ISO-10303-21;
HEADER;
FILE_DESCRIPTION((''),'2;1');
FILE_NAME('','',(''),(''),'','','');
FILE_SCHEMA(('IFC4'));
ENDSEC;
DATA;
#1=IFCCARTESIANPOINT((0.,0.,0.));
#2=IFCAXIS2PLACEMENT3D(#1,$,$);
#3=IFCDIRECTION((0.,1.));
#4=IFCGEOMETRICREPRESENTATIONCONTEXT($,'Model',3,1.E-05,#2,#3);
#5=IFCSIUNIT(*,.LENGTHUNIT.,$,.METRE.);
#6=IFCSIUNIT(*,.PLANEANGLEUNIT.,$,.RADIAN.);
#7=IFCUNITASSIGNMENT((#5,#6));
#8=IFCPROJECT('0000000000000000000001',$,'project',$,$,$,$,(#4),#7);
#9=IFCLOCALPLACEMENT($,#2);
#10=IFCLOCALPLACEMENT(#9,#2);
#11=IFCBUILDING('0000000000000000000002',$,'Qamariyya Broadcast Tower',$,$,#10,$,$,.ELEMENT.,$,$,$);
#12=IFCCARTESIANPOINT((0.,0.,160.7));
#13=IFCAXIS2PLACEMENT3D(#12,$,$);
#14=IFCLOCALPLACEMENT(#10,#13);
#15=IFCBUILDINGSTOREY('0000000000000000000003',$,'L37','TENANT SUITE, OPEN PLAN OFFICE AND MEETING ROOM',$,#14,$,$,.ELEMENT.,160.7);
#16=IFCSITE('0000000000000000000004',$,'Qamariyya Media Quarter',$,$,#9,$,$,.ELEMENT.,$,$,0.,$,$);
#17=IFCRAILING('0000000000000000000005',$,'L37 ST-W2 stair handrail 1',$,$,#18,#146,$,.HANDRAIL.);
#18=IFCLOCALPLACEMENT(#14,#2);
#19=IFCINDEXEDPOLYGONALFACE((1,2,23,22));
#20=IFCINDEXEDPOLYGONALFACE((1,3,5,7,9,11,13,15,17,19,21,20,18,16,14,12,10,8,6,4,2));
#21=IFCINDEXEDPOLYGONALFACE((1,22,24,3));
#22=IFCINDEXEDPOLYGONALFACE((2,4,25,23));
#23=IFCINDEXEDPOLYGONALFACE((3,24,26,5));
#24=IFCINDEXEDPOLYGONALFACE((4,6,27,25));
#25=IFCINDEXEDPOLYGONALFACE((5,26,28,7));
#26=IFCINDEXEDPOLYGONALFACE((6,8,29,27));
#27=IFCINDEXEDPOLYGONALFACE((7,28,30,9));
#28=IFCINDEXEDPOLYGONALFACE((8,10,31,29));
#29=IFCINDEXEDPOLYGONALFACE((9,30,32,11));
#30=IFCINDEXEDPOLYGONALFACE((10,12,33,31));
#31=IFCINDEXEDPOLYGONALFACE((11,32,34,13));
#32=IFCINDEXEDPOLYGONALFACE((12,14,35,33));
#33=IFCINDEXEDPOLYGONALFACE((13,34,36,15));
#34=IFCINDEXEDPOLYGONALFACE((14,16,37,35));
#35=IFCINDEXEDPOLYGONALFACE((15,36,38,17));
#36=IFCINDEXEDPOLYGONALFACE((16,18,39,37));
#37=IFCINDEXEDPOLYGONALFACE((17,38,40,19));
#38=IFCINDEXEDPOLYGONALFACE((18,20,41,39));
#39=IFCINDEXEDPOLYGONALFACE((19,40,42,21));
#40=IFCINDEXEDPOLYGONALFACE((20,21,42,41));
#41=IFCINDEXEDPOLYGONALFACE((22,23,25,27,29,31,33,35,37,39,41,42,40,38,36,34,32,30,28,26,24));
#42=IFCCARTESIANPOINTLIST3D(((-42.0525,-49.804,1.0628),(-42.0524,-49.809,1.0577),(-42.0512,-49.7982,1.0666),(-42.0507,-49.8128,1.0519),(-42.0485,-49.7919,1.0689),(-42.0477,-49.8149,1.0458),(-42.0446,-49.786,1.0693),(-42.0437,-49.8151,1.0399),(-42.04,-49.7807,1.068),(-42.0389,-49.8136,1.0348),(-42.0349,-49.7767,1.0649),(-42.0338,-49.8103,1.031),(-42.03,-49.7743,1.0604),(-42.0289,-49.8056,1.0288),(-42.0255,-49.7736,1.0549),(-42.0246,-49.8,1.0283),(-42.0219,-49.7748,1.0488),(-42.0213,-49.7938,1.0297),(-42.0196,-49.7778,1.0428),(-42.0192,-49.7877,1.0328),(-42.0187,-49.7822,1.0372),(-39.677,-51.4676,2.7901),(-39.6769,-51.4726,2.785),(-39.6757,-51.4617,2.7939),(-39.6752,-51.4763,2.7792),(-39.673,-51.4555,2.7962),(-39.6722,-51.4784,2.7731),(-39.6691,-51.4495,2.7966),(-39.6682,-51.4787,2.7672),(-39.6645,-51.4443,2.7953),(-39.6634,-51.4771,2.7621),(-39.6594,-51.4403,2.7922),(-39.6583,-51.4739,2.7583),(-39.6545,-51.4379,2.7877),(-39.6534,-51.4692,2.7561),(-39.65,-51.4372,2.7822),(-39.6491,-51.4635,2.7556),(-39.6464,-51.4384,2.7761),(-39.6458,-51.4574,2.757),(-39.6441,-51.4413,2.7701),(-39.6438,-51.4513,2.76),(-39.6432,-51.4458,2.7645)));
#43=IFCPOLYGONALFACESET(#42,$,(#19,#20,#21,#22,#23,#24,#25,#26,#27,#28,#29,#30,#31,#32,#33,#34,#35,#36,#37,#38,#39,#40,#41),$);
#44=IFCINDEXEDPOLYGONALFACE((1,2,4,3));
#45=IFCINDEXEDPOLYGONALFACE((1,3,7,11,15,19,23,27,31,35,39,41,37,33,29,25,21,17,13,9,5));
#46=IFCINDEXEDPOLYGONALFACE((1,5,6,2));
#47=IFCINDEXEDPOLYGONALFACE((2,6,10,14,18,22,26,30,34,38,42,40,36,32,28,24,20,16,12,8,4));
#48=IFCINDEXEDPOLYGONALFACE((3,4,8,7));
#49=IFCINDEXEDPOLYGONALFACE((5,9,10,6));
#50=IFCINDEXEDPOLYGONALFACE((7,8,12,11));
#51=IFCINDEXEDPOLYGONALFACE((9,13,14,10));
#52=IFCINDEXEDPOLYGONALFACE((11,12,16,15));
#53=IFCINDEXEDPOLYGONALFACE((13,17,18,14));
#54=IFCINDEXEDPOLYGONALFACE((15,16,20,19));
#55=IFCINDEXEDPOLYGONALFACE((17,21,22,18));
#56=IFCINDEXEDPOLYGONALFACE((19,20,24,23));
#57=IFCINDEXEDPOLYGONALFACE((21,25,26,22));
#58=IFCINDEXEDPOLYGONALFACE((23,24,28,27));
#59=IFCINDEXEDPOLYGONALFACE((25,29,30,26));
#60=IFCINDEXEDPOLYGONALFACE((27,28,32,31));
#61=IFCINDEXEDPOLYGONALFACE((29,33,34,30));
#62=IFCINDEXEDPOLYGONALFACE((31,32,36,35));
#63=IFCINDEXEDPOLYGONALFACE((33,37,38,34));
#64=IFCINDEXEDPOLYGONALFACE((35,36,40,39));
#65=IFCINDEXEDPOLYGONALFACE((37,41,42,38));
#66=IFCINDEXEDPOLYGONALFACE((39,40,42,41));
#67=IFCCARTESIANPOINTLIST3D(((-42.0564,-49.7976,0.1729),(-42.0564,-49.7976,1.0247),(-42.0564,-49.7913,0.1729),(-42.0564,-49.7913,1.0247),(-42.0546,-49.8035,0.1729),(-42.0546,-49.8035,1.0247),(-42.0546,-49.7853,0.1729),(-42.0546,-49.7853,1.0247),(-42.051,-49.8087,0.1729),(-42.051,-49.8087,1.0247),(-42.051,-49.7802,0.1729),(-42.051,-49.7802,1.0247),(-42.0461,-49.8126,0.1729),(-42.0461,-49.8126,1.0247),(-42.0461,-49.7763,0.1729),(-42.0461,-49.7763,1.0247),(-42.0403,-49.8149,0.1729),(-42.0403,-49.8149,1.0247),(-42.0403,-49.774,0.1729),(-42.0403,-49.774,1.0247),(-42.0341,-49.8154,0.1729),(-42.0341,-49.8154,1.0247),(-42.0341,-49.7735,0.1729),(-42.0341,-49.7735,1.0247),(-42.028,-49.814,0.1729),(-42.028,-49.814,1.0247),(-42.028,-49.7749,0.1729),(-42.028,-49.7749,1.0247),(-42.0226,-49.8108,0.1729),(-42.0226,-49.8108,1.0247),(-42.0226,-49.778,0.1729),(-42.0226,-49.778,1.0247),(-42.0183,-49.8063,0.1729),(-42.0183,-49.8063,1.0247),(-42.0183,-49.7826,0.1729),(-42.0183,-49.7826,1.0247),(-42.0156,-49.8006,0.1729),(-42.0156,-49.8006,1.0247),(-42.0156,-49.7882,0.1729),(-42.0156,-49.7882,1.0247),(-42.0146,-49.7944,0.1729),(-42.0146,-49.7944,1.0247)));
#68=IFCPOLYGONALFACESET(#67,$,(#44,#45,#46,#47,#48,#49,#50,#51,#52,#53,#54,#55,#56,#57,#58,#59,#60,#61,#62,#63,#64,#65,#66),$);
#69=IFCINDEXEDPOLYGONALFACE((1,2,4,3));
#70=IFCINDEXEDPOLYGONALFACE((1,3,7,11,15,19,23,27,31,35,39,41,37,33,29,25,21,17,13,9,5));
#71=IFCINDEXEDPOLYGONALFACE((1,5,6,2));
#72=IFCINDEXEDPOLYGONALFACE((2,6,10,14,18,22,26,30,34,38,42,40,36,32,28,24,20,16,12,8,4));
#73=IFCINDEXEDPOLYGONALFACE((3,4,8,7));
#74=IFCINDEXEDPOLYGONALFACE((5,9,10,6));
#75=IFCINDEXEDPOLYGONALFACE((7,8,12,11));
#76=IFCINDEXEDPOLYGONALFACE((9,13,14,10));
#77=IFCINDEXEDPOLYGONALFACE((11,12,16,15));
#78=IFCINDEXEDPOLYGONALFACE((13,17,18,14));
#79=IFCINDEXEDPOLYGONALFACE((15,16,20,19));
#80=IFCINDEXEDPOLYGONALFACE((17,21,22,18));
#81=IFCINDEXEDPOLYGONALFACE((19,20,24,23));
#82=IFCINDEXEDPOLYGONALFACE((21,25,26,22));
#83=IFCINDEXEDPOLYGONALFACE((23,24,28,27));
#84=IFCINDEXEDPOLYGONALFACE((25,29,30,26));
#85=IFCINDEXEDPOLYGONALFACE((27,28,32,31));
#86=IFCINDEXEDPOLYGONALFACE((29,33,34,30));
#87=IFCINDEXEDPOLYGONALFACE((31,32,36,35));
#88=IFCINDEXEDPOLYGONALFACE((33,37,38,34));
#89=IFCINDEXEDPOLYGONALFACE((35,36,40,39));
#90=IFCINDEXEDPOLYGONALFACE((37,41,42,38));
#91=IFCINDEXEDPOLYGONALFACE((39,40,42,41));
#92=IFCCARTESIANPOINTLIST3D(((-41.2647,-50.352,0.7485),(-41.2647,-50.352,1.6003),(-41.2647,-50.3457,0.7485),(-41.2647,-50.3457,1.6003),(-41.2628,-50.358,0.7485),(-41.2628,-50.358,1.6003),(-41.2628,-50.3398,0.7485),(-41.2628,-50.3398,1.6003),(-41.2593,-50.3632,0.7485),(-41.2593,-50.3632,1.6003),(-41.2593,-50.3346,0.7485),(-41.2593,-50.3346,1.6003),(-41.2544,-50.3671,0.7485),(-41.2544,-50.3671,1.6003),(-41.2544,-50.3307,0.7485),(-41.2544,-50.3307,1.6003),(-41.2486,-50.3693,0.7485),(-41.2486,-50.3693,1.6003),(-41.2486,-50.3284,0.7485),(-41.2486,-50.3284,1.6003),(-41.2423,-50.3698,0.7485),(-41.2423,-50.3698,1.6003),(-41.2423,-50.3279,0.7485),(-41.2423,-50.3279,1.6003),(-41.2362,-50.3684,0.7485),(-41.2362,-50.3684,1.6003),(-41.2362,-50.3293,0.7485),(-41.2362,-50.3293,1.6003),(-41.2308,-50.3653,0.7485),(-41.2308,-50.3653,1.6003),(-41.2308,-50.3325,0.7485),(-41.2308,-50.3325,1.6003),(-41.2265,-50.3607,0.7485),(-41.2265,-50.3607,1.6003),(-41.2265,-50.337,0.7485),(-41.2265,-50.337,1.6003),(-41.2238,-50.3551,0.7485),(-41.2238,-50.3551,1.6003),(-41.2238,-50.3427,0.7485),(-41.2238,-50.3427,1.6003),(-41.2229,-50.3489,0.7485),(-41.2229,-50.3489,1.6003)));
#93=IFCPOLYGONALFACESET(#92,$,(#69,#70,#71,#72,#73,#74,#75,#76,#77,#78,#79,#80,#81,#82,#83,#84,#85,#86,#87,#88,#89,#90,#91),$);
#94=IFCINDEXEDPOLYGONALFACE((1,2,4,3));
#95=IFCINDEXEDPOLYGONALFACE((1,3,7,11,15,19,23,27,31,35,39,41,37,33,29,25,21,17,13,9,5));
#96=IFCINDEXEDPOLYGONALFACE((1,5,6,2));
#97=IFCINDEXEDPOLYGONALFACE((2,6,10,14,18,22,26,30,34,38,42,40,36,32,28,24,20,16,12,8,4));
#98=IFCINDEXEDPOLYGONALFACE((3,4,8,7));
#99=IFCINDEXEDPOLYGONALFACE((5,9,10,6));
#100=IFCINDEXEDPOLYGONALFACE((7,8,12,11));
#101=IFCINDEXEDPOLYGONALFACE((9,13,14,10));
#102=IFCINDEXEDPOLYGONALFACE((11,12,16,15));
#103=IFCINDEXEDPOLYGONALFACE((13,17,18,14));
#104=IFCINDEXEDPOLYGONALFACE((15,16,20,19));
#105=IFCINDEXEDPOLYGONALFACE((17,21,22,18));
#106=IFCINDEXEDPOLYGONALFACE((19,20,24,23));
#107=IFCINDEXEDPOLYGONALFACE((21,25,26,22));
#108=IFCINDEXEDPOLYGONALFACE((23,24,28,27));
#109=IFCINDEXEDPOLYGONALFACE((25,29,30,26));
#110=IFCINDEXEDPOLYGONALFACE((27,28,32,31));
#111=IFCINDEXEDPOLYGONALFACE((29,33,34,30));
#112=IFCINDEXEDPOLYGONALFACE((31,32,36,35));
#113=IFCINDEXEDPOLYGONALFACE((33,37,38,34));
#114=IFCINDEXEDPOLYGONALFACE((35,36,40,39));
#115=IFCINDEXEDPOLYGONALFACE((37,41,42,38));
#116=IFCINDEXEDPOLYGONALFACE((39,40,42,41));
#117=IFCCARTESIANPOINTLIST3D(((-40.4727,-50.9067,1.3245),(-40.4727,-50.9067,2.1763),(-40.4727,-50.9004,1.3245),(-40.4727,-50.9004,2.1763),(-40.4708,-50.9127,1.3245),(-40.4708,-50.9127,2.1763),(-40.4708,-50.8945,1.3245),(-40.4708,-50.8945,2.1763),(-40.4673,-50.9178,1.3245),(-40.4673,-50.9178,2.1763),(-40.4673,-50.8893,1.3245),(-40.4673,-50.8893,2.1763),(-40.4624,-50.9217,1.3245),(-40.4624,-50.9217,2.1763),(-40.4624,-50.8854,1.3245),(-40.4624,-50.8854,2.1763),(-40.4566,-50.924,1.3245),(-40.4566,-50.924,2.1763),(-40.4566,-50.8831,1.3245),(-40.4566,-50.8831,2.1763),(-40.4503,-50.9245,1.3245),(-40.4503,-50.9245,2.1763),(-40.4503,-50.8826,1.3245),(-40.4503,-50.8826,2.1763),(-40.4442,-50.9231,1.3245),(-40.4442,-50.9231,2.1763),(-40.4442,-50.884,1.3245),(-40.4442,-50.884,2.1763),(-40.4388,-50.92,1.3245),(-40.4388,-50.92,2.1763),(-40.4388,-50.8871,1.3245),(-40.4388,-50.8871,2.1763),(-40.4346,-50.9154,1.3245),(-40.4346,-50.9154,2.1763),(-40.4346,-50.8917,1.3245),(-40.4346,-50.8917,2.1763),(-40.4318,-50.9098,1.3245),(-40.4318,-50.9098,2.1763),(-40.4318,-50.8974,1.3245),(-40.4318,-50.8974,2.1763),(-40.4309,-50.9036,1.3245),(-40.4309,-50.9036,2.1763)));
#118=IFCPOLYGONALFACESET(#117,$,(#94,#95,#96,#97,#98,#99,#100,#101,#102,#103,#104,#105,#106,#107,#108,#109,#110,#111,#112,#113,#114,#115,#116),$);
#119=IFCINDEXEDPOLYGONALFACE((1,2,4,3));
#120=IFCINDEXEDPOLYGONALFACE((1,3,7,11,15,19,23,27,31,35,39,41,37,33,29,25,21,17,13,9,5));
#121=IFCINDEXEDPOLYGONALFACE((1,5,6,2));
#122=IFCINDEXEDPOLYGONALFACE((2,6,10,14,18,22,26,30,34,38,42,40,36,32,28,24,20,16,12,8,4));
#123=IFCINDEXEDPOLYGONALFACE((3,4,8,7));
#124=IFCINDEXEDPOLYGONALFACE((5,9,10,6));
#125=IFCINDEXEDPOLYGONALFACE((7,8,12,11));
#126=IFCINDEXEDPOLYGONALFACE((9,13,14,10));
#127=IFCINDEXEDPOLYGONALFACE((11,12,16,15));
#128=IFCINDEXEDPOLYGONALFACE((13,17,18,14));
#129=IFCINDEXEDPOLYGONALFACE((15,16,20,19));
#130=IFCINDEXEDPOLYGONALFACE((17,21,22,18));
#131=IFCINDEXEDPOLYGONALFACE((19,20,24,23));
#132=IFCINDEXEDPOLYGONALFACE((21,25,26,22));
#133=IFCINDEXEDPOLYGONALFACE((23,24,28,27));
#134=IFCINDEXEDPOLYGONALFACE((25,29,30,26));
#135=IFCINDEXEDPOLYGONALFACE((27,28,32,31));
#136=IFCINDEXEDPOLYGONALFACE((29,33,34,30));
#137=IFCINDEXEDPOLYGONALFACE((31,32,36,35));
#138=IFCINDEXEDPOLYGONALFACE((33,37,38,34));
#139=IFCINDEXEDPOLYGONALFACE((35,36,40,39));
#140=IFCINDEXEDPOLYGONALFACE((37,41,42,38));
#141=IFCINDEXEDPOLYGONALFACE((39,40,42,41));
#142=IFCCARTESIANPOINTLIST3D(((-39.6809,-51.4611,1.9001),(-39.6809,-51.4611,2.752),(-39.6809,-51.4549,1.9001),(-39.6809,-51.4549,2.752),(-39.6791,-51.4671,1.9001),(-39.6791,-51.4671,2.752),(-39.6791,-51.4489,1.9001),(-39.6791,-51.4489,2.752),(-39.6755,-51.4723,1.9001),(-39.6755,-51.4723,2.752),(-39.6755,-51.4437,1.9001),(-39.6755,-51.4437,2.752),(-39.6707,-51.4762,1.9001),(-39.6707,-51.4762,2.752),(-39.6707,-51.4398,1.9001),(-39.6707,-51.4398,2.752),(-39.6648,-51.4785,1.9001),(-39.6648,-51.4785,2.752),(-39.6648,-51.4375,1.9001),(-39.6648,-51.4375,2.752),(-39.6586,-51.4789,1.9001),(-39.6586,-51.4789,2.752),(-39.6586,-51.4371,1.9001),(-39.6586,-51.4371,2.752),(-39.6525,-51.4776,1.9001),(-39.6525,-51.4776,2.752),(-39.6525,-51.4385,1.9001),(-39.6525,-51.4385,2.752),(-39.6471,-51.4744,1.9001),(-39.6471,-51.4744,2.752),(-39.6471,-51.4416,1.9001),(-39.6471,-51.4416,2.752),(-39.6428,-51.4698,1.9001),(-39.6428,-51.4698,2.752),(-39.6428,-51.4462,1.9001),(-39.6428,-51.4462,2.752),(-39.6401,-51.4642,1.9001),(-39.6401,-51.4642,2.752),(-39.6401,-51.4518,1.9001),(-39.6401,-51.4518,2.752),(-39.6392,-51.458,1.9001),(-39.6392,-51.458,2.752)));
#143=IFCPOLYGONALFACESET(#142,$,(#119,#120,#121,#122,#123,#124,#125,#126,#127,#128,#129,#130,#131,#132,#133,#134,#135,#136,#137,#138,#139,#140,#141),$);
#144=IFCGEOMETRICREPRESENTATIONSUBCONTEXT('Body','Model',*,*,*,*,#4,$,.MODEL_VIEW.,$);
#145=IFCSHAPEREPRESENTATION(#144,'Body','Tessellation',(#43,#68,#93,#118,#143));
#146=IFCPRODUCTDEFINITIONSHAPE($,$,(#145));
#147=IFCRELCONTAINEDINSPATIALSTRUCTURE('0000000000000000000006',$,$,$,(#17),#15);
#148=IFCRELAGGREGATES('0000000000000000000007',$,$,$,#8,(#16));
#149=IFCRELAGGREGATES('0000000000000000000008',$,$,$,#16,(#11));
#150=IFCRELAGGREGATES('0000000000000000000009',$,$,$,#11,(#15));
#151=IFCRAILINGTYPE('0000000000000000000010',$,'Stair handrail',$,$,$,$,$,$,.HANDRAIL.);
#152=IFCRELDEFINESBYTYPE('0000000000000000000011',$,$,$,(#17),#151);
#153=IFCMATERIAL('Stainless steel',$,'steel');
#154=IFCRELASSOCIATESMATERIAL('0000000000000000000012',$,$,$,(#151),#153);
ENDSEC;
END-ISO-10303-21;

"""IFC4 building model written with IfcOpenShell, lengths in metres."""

from ifc_helpers import new_model, si_unit, direction, frame, origin, origin_2d, place, context, subcontext, project, spatial, circle, extrude, material, type_object, element, save


model = new_model("IFC4")

# Units and contexts
model_context = context("Model", 3, precision=1e-05, world=origin(), true_north=direction((0.0, 1.0)))
body_context = subcontext(model_context, "Body", "Model", "MODEL_VIEW")
ifc_project = project(units=[si_unit("LENGTHUNIT", "METRE"), si_unit("PLANEANGLEUNIT", "RADIAN")], contexts=[model_context])

# Site, building, storey
site_placement = place(None, origin())
site = spatial("IfcSite", under=ifc_project, at=site_placement, Name="Qamariyya Media Quarter", CompositionType="ELEMENT", RefElevation=0.0)
building_placement = place(site_placement, origin())
building = spatial("IfcBuilding", under=site, at=building_placement, Name="Qamariyya Broadcast Tower", CompositionType="ELEMENT")
storey_placement = place(building_placement, frame((0.0, 0.0, 160.7)))
storey = spatial("IfcBuildingStorey", under=building, at=storey_placement, Name="L37", Description="TENANT SUITE, OPEN PLAN OFFICE AND MEETING ROOM", CompositionType="ELEMENT", Elevation=160.7)

# Railing
ifc_material_1 = material(Name="Stainless steel", Category="steel")
railing_type_1 = type_object("IfcRailingType", Name="Stair handrail", PredefinedType="HANDRAIL", material=ifc_material_1)
railing_1_placement = place(storey_placement, frame((-42.0356, -49.7944, 0.1729)))
element("IfcRailing", 1, at=railing_1_placement, inside=storey, type_object=railing_type_1, Name="L37 ST-W2 stair handrail 1", PredefinedType="HANDRAIL", context=body_context, shape_type="SweptSolid", body=[
    extrude(circle(Radius=0.0239, at=origin_2d()), frame((0.0, 0.0, 0.876), z_axis=(0.703745, -0.492838, 0.511716), x_axis=(0.573632, 0.819113, 0.0)), (0.0, 0.0, 1.0), 3.3755),
    extrude(circle(Radius=0.021, at=origin_2d()), origin(), (0.0, 0.0, 1.0), 0.8518),
    extrude(circle(Radius=0.021, at=origin_2d()), frame((0.7917, -0.5544, 0.5757)), (0.0, 0.0, 1.0), 0.8518),
    extrude(circle(Radius=0.021, at=origin_2d()), frame((1.5837, -1.1091, 1.1516)), (0.0, 0.0, 1.0), 0.8518),
    extrude(circle(Radius=0.021, at=origin_2d()), frame((2.3755, -1.6636, 1.7273)), (0.0, 0.0, 1.0), 0.8518),
])

save(model, "model.ifc")
